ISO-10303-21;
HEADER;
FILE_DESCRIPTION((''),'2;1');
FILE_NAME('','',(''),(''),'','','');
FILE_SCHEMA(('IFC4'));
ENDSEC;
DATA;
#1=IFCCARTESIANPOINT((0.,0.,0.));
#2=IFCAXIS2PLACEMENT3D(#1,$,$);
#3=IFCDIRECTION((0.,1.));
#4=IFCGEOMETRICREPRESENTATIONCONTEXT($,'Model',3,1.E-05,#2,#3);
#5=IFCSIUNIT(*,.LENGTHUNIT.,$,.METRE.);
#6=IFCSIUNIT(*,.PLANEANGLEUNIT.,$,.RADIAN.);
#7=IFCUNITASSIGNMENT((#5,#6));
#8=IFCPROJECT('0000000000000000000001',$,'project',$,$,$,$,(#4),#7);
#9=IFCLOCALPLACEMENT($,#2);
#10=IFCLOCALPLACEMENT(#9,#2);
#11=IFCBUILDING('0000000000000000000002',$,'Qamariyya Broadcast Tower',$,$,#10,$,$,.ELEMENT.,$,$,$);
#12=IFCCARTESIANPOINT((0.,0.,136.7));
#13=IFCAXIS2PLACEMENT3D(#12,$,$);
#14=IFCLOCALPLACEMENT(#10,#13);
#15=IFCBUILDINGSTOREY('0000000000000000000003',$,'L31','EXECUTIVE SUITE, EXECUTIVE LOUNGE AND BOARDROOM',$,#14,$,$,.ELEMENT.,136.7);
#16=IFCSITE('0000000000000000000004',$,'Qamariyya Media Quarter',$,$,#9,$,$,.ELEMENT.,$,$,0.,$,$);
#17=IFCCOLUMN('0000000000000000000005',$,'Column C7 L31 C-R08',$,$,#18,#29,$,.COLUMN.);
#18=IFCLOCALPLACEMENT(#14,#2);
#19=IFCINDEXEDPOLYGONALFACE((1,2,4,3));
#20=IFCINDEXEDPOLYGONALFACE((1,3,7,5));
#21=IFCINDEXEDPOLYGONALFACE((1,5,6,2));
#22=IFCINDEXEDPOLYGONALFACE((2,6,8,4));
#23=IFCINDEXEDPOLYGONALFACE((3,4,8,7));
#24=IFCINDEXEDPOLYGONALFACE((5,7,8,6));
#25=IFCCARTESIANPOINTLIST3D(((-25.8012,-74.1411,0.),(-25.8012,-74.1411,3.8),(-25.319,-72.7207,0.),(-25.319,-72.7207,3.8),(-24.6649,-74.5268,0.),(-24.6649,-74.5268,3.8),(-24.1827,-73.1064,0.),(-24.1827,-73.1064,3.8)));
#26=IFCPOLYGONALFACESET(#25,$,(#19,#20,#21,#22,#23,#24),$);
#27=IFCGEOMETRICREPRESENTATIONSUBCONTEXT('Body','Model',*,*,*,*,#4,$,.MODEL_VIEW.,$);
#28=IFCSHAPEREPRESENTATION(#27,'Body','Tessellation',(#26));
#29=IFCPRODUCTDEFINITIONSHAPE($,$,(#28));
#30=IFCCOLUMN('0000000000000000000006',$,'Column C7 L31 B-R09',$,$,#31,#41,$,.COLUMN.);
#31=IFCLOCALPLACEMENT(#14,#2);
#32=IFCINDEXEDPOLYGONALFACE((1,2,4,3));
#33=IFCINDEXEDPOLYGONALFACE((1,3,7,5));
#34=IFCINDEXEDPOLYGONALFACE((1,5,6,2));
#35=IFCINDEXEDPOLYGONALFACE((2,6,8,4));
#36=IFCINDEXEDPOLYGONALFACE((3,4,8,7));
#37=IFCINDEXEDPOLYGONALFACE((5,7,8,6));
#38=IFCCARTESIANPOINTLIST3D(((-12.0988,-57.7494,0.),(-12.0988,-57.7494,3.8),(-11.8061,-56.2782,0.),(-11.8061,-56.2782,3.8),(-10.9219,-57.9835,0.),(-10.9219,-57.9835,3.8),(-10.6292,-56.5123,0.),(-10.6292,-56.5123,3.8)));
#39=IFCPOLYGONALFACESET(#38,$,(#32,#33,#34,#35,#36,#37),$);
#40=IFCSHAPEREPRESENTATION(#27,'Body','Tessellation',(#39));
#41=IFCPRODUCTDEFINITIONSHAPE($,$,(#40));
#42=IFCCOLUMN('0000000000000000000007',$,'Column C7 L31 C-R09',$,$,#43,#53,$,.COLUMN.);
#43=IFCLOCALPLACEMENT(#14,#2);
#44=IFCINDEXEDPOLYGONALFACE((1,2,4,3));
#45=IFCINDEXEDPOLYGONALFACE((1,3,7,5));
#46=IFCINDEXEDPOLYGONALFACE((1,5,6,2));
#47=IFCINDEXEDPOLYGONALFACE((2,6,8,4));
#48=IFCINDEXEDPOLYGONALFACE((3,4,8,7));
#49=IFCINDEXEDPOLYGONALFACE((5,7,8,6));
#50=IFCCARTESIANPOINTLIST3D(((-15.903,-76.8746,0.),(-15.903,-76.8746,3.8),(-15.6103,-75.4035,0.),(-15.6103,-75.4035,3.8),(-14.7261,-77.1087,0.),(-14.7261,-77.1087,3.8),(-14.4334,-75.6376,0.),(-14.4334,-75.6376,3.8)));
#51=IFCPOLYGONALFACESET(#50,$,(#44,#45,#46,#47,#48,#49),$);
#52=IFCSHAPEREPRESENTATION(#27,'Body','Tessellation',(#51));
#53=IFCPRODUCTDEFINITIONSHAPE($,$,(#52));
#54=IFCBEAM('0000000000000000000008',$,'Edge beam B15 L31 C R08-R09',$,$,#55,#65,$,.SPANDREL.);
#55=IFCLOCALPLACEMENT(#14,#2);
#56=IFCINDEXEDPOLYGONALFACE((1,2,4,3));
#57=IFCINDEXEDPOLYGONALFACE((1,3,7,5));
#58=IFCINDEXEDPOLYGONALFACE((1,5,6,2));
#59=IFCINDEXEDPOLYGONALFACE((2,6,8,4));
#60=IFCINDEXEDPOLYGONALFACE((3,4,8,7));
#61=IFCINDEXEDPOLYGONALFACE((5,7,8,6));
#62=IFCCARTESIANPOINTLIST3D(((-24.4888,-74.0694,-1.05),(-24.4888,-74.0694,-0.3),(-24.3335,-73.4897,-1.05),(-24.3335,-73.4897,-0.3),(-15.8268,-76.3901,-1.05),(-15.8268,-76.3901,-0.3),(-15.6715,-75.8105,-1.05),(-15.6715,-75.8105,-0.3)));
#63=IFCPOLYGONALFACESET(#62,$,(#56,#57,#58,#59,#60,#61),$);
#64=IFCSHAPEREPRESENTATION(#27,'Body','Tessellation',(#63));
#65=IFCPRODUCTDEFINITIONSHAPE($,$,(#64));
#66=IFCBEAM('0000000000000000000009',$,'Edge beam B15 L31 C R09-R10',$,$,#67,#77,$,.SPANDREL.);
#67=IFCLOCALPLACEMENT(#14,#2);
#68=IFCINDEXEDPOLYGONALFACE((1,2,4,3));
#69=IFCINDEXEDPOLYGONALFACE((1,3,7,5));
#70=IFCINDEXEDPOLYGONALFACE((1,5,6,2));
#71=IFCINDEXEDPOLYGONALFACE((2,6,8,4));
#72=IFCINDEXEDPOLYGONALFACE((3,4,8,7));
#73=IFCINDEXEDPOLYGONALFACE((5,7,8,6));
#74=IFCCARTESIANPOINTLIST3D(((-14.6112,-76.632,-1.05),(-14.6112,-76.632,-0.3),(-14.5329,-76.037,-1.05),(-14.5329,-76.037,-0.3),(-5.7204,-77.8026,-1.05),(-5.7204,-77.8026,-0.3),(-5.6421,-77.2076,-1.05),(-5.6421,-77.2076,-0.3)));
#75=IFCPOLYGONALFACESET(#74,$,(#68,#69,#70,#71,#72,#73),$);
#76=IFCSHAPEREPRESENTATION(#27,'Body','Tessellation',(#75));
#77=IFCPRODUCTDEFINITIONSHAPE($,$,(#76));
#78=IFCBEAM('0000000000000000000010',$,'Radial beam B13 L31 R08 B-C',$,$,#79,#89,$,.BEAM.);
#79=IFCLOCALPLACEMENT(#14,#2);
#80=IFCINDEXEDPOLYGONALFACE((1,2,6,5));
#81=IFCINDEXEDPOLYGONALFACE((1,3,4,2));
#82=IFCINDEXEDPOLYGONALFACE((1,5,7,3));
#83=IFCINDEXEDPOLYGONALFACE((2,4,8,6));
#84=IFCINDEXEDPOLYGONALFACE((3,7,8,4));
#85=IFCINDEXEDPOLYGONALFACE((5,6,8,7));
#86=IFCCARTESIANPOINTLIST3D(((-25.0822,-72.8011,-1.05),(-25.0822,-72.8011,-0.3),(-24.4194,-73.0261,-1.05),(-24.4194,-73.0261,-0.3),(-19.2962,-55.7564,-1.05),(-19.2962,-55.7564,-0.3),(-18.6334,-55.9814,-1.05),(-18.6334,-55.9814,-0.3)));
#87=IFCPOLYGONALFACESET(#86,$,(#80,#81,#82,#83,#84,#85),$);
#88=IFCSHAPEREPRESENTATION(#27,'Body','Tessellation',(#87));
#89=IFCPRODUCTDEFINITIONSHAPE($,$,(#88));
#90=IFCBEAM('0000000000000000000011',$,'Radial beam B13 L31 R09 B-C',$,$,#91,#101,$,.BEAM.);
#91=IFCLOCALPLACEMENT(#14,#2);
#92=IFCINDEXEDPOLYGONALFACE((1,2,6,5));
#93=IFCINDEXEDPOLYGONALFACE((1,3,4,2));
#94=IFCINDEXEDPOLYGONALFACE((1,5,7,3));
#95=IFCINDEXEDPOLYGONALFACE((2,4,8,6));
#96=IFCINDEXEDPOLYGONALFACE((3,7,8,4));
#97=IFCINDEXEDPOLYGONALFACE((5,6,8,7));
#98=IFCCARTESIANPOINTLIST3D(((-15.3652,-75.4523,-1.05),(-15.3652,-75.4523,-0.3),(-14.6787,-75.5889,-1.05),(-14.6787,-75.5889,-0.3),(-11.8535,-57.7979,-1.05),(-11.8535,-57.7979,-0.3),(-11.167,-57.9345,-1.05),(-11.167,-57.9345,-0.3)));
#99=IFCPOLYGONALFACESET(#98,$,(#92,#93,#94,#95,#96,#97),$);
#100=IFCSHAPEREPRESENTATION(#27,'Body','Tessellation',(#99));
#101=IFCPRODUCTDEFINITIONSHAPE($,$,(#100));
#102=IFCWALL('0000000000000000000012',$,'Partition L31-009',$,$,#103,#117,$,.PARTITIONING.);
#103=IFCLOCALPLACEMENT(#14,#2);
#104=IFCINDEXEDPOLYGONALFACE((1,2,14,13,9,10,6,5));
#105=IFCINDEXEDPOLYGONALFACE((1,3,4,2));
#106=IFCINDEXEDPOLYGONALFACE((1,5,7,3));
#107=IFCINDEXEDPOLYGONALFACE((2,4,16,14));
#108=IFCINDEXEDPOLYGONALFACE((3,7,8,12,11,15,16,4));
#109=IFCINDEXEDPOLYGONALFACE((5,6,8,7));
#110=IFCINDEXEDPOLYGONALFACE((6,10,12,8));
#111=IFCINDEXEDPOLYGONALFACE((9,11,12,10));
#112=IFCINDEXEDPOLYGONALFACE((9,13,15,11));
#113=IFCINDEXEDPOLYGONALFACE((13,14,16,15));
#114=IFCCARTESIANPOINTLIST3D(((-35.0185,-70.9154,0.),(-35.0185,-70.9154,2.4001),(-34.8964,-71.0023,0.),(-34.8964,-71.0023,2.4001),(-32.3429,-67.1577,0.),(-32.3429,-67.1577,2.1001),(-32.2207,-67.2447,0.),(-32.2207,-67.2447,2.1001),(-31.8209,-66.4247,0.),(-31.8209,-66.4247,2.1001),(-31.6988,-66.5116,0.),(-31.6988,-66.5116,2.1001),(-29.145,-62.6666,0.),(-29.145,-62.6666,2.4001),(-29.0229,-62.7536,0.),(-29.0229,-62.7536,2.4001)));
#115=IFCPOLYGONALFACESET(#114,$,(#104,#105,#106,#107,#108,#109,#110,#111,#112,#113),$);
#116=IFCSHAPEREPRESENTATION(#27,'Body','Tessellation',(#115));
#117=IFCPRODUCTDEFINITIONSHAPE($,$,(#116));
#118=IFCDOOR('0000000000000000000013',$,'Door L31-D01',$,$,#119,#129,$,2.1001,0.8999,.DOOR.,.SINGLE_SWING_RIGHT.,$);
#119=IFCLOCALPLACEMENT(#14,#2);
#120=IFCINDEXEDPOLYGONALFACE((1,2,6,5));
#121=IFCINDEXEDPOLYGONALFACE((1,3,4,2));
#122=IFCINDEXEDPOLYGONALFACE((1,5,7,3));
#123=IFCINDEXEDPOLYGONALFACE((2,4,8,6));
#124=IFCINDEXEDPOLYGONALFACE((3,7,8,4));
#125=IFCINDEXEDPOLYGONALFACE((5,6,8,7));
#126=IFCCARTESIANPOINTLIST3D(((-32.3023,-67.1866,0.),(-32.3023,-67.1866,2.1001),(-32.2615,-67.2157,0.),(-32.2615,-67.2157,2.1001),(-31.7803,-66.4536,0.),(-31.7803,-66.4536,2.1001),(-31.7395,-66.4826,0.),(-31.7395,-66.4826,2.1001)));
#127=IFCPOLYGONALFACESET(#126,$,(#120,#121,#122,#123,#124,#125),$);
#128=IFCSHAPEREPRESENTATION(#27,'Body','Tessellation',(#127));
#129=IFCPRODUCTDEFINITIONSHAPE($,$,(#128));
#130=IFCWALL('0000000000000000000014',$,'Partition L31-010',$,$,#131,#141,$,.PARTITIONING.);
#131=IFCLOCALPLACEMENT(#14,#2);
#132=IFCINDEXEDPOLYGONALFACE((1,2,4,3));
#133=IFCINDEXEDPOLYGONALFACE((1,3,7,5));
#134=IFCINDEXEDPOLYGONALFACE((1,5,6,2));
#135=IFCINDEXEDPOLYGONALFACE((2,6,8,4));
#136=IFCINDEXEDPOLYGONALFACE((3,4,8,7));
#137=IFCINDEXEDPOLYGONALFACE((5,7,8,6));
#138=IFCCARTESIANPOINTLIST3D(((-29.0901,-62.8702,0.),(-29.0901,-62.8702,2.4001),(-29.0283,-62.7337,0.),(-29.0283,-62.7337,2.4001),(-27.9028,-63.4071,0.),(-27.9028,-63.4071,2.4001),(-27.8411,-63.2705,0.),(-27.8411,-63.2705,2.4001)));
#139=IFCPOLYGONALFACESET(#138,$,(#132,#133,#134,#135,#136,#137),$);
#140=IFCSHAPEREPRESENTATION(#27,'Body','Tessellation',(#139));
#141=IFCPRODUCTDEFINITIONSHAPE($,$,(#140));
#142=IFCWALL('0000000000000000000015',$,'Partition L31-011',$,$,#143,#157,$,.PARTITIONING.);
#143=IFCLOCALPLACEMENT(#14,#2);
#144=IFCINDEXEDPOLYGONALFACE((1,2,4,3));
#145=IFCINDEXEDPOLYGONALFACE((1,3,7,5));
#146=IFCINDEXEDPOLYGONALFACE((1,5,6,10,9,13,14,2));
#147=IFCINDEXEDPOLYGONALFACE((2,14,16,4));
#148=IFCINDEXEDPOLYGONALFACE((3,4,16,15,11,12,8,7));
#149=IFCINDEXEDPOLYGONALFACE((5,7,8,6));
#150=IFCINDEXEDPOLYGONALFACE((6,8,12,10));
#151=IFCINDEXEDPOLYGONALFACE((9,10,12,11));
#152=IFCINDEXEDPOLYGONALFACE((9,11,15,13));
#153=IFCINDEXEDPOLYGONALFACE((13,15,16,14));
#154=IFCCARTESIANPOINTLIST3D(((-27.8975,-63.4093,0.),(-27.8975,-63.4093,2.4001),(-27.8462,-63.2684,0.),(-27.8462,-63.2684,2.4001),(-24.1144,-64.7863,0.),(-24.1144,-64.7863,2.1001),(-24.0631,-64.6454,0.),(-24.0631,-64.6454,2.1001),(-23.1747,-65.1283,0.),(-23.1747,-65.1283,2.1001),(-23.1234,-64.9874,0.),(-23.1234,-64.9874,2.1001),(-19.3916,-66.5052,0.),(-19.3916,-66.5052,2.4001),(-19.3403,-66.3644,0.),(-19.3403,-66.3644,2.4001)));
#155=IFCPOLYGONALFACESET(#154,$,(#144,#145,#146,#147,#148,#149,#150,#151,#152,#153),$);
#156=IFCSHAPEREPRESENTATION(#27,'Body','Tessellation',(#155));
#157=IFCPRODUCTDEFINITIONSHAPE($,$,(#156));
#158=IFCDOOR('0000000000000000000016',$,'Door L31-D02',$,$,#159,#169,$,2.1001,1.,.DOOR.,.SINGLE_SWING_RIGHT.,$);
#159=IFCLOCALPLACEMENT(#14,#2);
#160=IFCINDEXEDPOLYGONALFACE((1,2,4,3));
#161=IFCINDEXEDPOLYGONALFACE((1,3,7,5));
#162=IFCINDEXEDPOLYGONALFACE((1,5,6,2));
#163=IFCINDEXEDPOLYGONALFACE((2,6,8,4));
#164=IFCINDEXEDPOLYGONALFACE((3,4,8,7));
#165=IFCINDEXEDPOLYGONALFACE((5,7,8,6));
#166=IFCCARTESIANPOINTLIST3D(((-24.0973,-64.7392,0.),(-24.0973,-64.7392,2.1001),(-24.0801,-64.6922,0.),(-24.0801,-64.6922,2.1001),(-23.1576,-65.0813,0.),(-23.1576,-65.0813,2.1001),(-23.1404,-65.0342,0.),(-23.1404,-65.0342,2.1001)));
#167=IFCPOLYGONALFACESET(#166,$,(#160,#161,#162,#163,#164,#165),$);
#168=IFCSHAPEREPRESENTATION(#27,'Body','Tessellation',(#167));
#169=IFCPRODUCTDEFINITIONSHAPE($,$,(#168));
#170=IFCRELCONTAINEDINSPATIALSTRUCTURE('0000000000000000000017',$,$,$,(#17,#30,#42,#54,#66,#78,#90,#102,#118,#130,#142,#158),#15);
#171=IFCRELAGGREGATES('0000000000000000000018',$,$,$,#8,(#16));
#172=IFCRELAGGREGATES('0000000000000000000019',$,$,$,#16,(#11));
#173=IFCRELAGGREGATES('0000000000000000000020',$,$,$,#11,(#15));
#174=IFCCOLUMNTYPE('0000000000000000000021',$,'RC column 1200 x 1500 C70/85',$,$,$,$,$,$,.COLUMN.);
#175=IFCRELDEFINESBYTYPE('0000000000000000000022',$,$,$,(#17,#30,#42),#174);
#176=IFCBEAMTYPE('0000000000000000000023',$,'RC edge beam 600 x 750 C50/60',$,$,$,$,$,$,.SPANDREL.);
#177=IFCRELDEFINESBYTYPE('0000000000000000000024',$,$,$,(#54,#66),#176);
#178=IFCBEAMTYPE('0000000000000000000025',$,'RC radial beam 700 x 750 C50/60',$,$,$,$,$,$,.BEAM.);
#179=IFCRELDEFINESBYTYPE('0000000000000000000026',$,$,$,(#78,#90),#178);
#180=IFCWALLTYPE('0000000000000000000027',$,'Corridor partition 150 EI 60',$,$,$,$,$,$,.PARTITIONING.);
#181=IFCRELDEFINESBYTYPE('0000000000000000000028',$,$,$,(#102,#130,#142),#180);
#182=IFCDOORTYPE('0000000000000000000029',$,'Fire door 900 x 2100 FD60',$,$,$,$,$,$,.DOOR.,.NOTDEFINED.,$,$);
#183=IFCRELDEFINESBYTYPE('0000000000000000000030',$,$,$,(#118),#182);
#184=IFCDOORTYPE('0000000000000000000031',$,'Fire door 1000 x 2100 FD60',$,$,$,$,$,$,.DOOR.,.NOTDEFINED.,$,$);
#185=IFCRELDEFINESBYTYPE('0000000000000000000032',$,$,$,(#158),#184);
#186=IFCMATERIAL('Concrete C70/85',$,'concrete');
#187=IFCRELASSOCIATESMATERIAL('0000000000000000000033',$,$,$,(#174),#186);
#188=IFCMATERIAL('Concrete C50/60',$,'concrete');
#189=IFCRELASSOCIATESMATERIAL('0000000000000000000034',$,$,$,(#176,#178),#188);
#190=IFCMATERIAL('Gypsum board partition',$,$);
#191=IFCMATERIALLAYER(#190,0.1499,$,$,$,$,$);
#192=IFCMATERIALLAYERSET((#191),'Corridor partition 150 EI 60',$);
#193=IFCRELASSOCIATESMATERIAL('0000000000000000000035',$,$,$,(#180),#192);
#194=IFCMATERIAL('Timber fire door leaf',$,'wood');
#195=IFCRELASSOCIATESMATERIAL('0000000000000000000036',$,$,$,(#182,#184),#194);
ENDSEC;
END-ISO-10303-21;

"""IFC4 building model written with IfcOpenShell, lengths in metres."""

from ifc_helpers import new_model, si_unit, direction, frame, frame_2d, origin, origin_2d, place, context, subcontext, project, spatial, rectangle, extrude, material, layer, layer_set, material_profile, profile_set, type_object, element, fill, save


model = new_model("IFC4")

# Units and contexts
model_context = context("Model", 3, precision=1e-05, world=origin(), true_north=direction((0.0, 1.0)))
body_context = subcontext(model_context, "Body", "Model", "MODEL_VIEW")
ifc_project = project(units=[si_unit("LENGTHUNIT", "METRE"), si_unit("PLANEANGLEUNIT", "RADIAN")], contexts=[model_context])

# Site, building, storey
site_placement = place(None, origin())
site = spatial("IfcSite", under=ifc_project, at=site_placement, Name="Qamariyya Media Quarter", CompositionType="ELEMENT", RefElevation=0.0)
building_placement = place(site_placement, origin())
building = spatial("IfcBuilding", under=site, at=building_placement, Name="Qamariyya Broadcast Tower", CompositionType="ELEMENT")
storey_placement = place(building_placement, frame((0.0, 0.0, 136.7)))
storey = spatial("IfcBuildingStorey", under=building, at=storey_placement, Name="L31", Description="EXECUTIVE SUITE, EXECUTIVE LOUNGE AND BOARDROOM", CompositionType="ELEMENT", Elevation=136.7)

# Columns
ifc_material_1 = material(Name="Concrete C70/85", Category="concrete")
ifc_material_profile_1 = material_profile(ifc_material_1, rectangle(XDim=1.2, YDim=1.5, at=origin_2d()))
ifc_profile_set_1 = profile_set([ifc_material_profile_1], Name="Concrete C70/85")
column_type = type_object("IfcColumnType", Name="RC column 1200 x 1500 C70/85", PredefinedType="COLUMN", material=ifc_profile_set_1)
for number, where, z_axis, x_axis, name in (
    (1, (-24.9919, -73.6238, 0.0), (0.0, 0.0, 1.0), (0.94693, -0.321439, 0.0), "Column C7 L31 C-R08"),
    (2, (-11.364, -57.1309, 0.0), (0.0, 0.0, 1.0), (0.980785, -0.19509, 0.0), "Column C7 L31 B-R09"),
    (3, (-15.1682, -76.2561, 0.0), (0.0, 0.0, 1.0), (0.980785, -0.19509, 0.0), "Column C7 L31 C-R09"),
):
    element("IfcColumn", number, at=place(storey_placement, frame(where, z_axis=z_axis, x_axis=x_axis)), inside=storey, type_object=column_type, Name=name, PredefinedType="COLUMN", context=body_context, shape_type="SweptSolid", body=[
        extrude(rectangle(XDim=1.2, YDim=1.5, at=origin_2d()), origin(), (0.0, 0.0, 1.0), 3.8),
    ])

# Beams
ifc_material_2 = material(Name="Concrete C50/60", Category="concrete")
ifc_material_profile_2 = material_profile(ifc_material_2, rectangle(XDim=0.6001, YDim=0.75, at=origin_2d()))
ifc_profile_set_2 = profile_set([ifc_material_profile_2], Name="Concrete C50/60")
beam_type_1 = type_object("IfcBeamType", Name="RC edge beam 600 x 750 C50/60", PredefinedType="SPANDREL", material=ifc_profile_set_2)
for number, where, z_axis, x_axis, name in (
    (4, (-24.4111, -73.7795, -0.675), (0.965932, -0.258798, 0.0), (0.258798, 0.965932, 0.0), "Edge beam B15 L31 C R08-R09"),
    (5, (-14.572, -76.3345, -0.675), (0.991443, -0.130543, 0.0), (0.130543, 0.991443, 0.0), "Edge beam B15 L31 C R09-R10"),
):
    element("IfcBeam", number, at=place(storey_placement, frame(where, z_axis=z_axis, x_axis=x_axis)), inside=storey, type_object=beam_type_1, Name=name, PredefinedType="SPANDREL", context=body_context, shape_type="SweptSolid", body=[
        extrude(rectangle(XDim=0.6001, YDim=0.75, at=origin_2d()), origin(), (0.0, 0.0, 1.0), 8.9675),
    ])
ifc_material_profile_3 = material_profile(ifc_material_2, rectangle(XDim=0.7, YDim=0.75, at=origin_2d()))
ifc_profile_set_3 = profile_set([ifc_material_profile_3], Name="Concrete C50/60")
beam_type_2 = type_object("IfcBeamType", Name="RC radial beam 700 x 750 C50/60", PredefinedType="BEAM", material=ifc_profile_set_3)
beam_1_placement = place(storey_placement, frame((-18.9648, -55.8689, -0.675), z_axis=(-0.321439, -0.94693, 0.0), x_axis=(0.94693, -0.321439, 0.0)))
element("IfcBeam", 6, at=beam_1_placement, inside=storey, type_object=beam_type_2, Name="Radial beam B13 L31 R08 B-C", PredefinedType="BEAM", context=body_context, shape_type="SweptSolid", body=[
    extrude(rectangle(XDim=0.7, YDim=0.75, at=origin_2d()), origin(), (0.0, 0.0, 1.0), 18.0),
])
beam_2_placement = place(storey_placement, frame((-11.5103, -57.8662, -0.675), z_axis=(-0.195094, -0.980785, 0.0), x_axis=(0.980785, -0.195094, 0.0)))
element("IfcBeam", 7, at=beam_2_placement, inside=storey, type_object=beam_type_2, Name="Radial beam B13 L31 R09 B-C", PredefinedType="BEAM", context=body_context, shape_type="SweptSolid", body=[
    extrude(rectangle(XDim=0.7, YDim=0.75, at=origin_2d()), origin(), (0.0, 0.0, 1.0), 18.0002),
])

# Wall, opening, door
ifc_material_3 = material(Name="Gypsum board partition")
ifc_layer_1 = layer(ifc_material_3, 0.1499)
ifc_layer_set_1 = layer_set([ifc_layer_1], Name="Corridor partition 150 EI 60")
wall_type_1 = type_object("IfcWallType", Name="Corridor partition 150 EI 60", PredefinedType="PARTITIONING", material=ifc_layer_set_1)
wall_1_placement = place(storey_placement, frame((-29.084, -62.7102, 0.0), z_axis=(0.0, 0.0, 1.0), x_axis=(-0.580031, -0.814594, 0.0)))
wall_1 = element("IfcWall", 8, at=wall_1_placement, inside=storey, type_object=wall_type_1, Name="Partition L31-009", PredefinedType="PARTITIONING", context=body_context, shape_type="SweptSolid", body=[
    extrude(rectangle(XDim=10.1262, YDim=0.1499, at=frame_2d((5.063, 0.0))), origin(), (0.0, 0.0, 1.0), 2.4001),
])
opening_1_placement = place(wall_1_placement, frame((4.6133, 0.0, 0.0)))
opening_1 = element("IfcOpeningElement", 9, at=opening_1_placement, cuts=wall_1, PredefinedType="OPENING", context=body_context, shape_type="SweptSolid", body=[
    extrude(rectangle(XDim=0.8999, YDim=2.1001, at=frame_2d((0.45, 1.05))), frame((0.0, 0.085, 0.0), z_axis=(0.0, -1.0, 0.0), x_axis=(1.0, 0.0, 0.0)), (0.0, 0.0, 1.0), 0.1699),
])
ifc_material_4 = material(Name="Timber fire door leaf", Category="wood")
door_type_1 = type_object("IfcDoorType", Name="Fire door 900 x 2100 FD60", OperationType="NOTDEFINED", PredefinedType="DOOR", material=ifc_material_4)
door_1_placement = place(opening_1_placement, origin())
door_1 = element("IfcDoor", 10, at=door_1_placement, inside=storey, type_object=door_type_1, Name="Door L31-D01", OperationType="SINGLE_SWING_RIGHT", OverallHeight=2.1001, OverallWidth=0.8999, PredefinedType="DOOR", context=body_context, shape_type="SweptSolid", body=[
    extrude(rectangle(XDim=0.8999, YDim=2.1001, at=frame_2d((0.45, 1.05))), frame((0.0, 0.0249, 0.0), z_axis=(0.0, -1.0, 0.0), x_axis=(1.0, 0.0, 0.0)), (0.0, 0.0, 1.0), 0.05),
])
fill(opening_1, door_1)

# Wall
wall_2_placement = place(storey_placement, frame((-29.0591, -62.802, 0.0), z_axis=(0.0, 0.0, 1.0), x_axis=(0.911173, -0.412023, 0.0)))
element("IfcWall", 11, at=wall_2_placement, inside=storey, type_object=wall_type_1, Name="Partition L31-010", PredefinedType="PARTITIONING", context=body_context, shape_type="SweptSolid", body=[
    extrude(rectangle(XDim=1.303, YDim=0.1499, at=frame_2d((0.6514, 0.0))), origin(), (0.0, 0.0, 1.0), 2.4001),
])

# Wall, opening, door
wall_3_placement = place(storey_placement, frame((-19.366, -66.4348, 0.0), z_axis=(0.0, 0.0, 1.0), x_axis=(-0.93969, 0.342027, 0.0)))
wall_3 = element("IfcWall", 12, at=wall_3_placement, inside=storey, type_object=wall_type_1, Name="Partition L31-011", PredefinedType="PARTITIONING", context=body_context, shape_type="SweptSolid", body=[
    extrude(rectangle(XDim=9.0518, YDim=0.1499, at=frame_2d((4.5259, 0.0))), origin(), (0.0, 0.0, 1.0), 2.4001),
])
opening_2_placement = place(wall_3_placement, frame((4.0259, 0.0, 0.0)))
opening_2 = element("IfcOpeningElement", 13, at=opening_2_placement, cuts=wall_3, PredefinedType="OPENING", context=body_context, shape_type="SweptSolid", body=[
    extrude(rectangle(XDim=1.0, YDim=2.1001, at=frame_2d((0.5, 1.05))), frame((0.0, 0.085, 0.0), z_axis=(0.0, -1.0, 0.0), x_axis=(1.0, 0.0, 0.0)), (0.0, 0.0, 1.0), 0.1699),
])
door_type_2 = type_object("IfcDoorType", Name="Fire door 1000 x 2100 FD60", OperationType="NOTDEFINED", PredefinedType="DOOR", material=ifc_material_4)
door_2_placement = place(opening_2_placement, origin())
door_2 = element("IfcDoor", 14, at=door_2_placement, inside=storey, type_object=door_type_2, Name="Door L31-D02", OperationType="SINGLE_SWING_RIGHT", OverallHeight=2.1001, OverallWidth=1.0, PredefinedType="DOOR", context=body_context, shape_type="SweptSolid", body=[
    extrude(rectangle(XDim=1.0, YDim=2.1001, at=frame_2d((0.5, 1.05))), frame((0.0, 0.0249, 0.0), z_axis=(0.0, -1.0, 0.0), x_axis=(1.0, 0.0, 0.0)), (0.0, 0.0, 1.0), 0.05),
])
fill(opening_2, door_2)

save(model, "model.ifc")
